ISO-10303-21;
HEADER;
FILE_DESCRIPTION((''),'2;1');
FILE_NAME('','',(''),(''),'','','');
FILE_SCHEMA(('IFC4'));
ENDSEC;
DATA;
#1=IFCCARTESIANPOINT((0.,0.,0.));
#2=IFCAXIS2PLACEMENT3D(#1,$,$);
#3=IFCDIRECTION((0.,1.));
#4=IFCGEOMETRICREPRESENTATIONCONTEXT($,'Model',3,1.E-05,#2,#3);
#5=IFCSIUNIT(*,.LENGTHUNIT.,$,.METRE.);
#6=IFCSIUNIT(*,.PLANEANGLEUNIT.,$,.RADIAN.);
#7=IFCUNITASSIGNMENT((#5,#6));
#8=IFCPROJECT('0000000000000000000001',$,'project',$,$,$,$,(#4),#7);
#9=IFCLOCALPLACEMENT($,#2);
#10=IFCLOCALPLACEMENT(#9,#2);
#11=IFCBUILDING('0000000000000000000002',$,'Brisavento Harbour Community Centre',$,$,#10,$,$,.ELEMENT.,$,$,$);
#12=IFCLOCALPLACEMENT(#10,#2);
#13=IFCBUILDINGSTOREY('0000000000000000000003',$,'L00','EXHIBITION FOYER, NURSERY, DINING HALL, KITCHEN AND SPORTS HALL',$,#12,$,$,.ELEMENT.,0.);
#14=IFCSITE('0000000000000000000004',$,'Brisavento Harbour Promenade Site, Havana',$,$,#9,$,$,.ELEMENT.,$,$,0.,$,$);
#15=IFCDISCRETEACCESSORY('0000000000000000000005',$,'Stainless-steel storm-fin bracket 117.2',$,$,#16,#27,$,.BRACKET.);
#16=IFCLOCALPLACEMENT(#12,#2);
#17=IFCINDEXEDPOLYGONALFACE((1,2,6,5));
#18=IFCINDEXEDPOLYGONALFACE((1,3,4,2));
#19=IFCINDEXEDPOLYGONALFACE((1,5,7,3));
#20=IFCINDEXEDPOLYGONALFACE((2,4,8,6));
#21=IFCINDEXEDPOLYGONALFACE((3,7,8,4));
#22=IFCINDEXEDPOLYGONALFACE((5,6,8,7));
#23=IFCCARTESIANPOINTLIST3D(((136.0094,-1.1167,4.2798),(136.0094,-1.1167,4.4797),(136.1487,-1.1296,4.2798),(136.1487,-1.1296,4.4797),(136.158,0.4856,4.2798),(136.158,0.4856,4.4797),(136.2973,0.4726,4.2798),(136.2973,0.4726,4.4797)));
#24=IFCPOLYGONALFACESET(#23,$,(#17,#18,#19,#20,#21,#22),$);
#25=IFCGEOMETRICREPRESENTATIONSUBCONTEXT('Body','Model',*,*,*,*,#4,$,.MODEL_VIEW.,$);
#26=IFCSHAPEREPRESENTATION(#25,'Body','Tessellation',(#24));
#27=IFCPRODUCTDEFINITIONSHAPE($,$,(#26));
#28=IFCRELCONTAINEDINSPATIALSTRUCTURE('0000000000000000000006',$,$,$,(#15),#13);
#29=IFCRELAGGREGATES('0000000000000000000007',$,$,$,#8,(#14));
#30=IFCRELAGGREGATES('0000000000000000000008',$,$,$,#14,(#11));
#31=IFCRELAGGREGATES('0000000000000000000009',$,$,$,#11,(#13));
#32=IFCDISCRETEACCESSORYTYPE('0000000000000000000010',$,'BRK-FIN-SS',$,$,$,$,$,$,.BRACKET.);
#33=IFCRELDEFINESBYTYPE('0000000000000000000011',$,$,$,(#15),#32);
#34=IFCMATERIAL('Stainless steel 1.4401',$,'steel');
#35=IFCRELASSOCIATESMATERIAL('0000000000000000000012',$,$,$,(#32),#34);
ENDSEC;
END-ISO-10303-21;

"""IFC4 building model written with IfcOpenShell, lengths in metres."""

from ifc_helpers import new_model, si_unit, direction, frame, origin, origin_2d, place, context, subcontext, project, spatial, rectangle, extrude, material, type_object, element, save


model = new_model("IFC4")

# Units and contexts
model_context = context("Model", 3, precision=1e-05, world=origin(), true_north=direction((0.0, 1.0)))
body_context = subcontext(model_context, "Body", "Model", "MODEL_VIEW")
ifc_project = project(units=[si_unit("LENGTHUNIT", "METRE"), si_unit("PLANEANGLEUNIT", "RADIAN")], contexts=[model_context])

# Site, building, storey
site_placement = place(None, origin())
site = spatial("IfcSite", under=ifc_project, at=site_placement, Name="Brisavento Harbour Promenade Site, Havana", CompositionType="ELEMENT", RefElevation=0.0)
building_placement = place(site_placement, origin())
building = spatial("IfcBuilding", under=site, at=building_placement, Name="Brisavento Harbour Community Centre", CompositionType="ELEMENT")
storey_placement = place(building_placement, origin())
storey = spatial("IfcBuildingStorey", under=building, at=storey_placement, Name="L00", Description="EXHIBITION FOYER, NURSERY, DINING HALL, KITCHEN AND SPORTS HALL", CompositionType="ELEMENT", Elevation=0.0)

# Discrete accessory
ifc_material_1 = material(Name="Stainless steel 1.4401", Category="steel")
discrete_accessory_type = type_object("IfcDiscreteAccessoryType", Name="BRK-FIN-SS", PredefinedType="BRACKET", material=ifc_material_1)
discrete_accessory_1_placement = place(storey_placement, frame((136.1533, -0.322, 4.2798), z_axis=(0.0, 0.0, 1.0), x_axis=(-0.092336, -0.995728, 0.0)))
element("IfcDiscreteAccessory", 1, at=discrete_accessory_1_placement, inside=storey, type_object=discrete_accessory_type, Name="Stainless-steel storm-fin bracket 117.2", PredefinedType="BRACKET", context=body_context, shape_type="SweptSolid", body=[
    extrude(rectangle(XDim=1.6091, YDim=0.1399, at=origin_2d()), origin(), (0.0, 0.0, 1.0), 0.2),
])

save(model, "model.ifc")
